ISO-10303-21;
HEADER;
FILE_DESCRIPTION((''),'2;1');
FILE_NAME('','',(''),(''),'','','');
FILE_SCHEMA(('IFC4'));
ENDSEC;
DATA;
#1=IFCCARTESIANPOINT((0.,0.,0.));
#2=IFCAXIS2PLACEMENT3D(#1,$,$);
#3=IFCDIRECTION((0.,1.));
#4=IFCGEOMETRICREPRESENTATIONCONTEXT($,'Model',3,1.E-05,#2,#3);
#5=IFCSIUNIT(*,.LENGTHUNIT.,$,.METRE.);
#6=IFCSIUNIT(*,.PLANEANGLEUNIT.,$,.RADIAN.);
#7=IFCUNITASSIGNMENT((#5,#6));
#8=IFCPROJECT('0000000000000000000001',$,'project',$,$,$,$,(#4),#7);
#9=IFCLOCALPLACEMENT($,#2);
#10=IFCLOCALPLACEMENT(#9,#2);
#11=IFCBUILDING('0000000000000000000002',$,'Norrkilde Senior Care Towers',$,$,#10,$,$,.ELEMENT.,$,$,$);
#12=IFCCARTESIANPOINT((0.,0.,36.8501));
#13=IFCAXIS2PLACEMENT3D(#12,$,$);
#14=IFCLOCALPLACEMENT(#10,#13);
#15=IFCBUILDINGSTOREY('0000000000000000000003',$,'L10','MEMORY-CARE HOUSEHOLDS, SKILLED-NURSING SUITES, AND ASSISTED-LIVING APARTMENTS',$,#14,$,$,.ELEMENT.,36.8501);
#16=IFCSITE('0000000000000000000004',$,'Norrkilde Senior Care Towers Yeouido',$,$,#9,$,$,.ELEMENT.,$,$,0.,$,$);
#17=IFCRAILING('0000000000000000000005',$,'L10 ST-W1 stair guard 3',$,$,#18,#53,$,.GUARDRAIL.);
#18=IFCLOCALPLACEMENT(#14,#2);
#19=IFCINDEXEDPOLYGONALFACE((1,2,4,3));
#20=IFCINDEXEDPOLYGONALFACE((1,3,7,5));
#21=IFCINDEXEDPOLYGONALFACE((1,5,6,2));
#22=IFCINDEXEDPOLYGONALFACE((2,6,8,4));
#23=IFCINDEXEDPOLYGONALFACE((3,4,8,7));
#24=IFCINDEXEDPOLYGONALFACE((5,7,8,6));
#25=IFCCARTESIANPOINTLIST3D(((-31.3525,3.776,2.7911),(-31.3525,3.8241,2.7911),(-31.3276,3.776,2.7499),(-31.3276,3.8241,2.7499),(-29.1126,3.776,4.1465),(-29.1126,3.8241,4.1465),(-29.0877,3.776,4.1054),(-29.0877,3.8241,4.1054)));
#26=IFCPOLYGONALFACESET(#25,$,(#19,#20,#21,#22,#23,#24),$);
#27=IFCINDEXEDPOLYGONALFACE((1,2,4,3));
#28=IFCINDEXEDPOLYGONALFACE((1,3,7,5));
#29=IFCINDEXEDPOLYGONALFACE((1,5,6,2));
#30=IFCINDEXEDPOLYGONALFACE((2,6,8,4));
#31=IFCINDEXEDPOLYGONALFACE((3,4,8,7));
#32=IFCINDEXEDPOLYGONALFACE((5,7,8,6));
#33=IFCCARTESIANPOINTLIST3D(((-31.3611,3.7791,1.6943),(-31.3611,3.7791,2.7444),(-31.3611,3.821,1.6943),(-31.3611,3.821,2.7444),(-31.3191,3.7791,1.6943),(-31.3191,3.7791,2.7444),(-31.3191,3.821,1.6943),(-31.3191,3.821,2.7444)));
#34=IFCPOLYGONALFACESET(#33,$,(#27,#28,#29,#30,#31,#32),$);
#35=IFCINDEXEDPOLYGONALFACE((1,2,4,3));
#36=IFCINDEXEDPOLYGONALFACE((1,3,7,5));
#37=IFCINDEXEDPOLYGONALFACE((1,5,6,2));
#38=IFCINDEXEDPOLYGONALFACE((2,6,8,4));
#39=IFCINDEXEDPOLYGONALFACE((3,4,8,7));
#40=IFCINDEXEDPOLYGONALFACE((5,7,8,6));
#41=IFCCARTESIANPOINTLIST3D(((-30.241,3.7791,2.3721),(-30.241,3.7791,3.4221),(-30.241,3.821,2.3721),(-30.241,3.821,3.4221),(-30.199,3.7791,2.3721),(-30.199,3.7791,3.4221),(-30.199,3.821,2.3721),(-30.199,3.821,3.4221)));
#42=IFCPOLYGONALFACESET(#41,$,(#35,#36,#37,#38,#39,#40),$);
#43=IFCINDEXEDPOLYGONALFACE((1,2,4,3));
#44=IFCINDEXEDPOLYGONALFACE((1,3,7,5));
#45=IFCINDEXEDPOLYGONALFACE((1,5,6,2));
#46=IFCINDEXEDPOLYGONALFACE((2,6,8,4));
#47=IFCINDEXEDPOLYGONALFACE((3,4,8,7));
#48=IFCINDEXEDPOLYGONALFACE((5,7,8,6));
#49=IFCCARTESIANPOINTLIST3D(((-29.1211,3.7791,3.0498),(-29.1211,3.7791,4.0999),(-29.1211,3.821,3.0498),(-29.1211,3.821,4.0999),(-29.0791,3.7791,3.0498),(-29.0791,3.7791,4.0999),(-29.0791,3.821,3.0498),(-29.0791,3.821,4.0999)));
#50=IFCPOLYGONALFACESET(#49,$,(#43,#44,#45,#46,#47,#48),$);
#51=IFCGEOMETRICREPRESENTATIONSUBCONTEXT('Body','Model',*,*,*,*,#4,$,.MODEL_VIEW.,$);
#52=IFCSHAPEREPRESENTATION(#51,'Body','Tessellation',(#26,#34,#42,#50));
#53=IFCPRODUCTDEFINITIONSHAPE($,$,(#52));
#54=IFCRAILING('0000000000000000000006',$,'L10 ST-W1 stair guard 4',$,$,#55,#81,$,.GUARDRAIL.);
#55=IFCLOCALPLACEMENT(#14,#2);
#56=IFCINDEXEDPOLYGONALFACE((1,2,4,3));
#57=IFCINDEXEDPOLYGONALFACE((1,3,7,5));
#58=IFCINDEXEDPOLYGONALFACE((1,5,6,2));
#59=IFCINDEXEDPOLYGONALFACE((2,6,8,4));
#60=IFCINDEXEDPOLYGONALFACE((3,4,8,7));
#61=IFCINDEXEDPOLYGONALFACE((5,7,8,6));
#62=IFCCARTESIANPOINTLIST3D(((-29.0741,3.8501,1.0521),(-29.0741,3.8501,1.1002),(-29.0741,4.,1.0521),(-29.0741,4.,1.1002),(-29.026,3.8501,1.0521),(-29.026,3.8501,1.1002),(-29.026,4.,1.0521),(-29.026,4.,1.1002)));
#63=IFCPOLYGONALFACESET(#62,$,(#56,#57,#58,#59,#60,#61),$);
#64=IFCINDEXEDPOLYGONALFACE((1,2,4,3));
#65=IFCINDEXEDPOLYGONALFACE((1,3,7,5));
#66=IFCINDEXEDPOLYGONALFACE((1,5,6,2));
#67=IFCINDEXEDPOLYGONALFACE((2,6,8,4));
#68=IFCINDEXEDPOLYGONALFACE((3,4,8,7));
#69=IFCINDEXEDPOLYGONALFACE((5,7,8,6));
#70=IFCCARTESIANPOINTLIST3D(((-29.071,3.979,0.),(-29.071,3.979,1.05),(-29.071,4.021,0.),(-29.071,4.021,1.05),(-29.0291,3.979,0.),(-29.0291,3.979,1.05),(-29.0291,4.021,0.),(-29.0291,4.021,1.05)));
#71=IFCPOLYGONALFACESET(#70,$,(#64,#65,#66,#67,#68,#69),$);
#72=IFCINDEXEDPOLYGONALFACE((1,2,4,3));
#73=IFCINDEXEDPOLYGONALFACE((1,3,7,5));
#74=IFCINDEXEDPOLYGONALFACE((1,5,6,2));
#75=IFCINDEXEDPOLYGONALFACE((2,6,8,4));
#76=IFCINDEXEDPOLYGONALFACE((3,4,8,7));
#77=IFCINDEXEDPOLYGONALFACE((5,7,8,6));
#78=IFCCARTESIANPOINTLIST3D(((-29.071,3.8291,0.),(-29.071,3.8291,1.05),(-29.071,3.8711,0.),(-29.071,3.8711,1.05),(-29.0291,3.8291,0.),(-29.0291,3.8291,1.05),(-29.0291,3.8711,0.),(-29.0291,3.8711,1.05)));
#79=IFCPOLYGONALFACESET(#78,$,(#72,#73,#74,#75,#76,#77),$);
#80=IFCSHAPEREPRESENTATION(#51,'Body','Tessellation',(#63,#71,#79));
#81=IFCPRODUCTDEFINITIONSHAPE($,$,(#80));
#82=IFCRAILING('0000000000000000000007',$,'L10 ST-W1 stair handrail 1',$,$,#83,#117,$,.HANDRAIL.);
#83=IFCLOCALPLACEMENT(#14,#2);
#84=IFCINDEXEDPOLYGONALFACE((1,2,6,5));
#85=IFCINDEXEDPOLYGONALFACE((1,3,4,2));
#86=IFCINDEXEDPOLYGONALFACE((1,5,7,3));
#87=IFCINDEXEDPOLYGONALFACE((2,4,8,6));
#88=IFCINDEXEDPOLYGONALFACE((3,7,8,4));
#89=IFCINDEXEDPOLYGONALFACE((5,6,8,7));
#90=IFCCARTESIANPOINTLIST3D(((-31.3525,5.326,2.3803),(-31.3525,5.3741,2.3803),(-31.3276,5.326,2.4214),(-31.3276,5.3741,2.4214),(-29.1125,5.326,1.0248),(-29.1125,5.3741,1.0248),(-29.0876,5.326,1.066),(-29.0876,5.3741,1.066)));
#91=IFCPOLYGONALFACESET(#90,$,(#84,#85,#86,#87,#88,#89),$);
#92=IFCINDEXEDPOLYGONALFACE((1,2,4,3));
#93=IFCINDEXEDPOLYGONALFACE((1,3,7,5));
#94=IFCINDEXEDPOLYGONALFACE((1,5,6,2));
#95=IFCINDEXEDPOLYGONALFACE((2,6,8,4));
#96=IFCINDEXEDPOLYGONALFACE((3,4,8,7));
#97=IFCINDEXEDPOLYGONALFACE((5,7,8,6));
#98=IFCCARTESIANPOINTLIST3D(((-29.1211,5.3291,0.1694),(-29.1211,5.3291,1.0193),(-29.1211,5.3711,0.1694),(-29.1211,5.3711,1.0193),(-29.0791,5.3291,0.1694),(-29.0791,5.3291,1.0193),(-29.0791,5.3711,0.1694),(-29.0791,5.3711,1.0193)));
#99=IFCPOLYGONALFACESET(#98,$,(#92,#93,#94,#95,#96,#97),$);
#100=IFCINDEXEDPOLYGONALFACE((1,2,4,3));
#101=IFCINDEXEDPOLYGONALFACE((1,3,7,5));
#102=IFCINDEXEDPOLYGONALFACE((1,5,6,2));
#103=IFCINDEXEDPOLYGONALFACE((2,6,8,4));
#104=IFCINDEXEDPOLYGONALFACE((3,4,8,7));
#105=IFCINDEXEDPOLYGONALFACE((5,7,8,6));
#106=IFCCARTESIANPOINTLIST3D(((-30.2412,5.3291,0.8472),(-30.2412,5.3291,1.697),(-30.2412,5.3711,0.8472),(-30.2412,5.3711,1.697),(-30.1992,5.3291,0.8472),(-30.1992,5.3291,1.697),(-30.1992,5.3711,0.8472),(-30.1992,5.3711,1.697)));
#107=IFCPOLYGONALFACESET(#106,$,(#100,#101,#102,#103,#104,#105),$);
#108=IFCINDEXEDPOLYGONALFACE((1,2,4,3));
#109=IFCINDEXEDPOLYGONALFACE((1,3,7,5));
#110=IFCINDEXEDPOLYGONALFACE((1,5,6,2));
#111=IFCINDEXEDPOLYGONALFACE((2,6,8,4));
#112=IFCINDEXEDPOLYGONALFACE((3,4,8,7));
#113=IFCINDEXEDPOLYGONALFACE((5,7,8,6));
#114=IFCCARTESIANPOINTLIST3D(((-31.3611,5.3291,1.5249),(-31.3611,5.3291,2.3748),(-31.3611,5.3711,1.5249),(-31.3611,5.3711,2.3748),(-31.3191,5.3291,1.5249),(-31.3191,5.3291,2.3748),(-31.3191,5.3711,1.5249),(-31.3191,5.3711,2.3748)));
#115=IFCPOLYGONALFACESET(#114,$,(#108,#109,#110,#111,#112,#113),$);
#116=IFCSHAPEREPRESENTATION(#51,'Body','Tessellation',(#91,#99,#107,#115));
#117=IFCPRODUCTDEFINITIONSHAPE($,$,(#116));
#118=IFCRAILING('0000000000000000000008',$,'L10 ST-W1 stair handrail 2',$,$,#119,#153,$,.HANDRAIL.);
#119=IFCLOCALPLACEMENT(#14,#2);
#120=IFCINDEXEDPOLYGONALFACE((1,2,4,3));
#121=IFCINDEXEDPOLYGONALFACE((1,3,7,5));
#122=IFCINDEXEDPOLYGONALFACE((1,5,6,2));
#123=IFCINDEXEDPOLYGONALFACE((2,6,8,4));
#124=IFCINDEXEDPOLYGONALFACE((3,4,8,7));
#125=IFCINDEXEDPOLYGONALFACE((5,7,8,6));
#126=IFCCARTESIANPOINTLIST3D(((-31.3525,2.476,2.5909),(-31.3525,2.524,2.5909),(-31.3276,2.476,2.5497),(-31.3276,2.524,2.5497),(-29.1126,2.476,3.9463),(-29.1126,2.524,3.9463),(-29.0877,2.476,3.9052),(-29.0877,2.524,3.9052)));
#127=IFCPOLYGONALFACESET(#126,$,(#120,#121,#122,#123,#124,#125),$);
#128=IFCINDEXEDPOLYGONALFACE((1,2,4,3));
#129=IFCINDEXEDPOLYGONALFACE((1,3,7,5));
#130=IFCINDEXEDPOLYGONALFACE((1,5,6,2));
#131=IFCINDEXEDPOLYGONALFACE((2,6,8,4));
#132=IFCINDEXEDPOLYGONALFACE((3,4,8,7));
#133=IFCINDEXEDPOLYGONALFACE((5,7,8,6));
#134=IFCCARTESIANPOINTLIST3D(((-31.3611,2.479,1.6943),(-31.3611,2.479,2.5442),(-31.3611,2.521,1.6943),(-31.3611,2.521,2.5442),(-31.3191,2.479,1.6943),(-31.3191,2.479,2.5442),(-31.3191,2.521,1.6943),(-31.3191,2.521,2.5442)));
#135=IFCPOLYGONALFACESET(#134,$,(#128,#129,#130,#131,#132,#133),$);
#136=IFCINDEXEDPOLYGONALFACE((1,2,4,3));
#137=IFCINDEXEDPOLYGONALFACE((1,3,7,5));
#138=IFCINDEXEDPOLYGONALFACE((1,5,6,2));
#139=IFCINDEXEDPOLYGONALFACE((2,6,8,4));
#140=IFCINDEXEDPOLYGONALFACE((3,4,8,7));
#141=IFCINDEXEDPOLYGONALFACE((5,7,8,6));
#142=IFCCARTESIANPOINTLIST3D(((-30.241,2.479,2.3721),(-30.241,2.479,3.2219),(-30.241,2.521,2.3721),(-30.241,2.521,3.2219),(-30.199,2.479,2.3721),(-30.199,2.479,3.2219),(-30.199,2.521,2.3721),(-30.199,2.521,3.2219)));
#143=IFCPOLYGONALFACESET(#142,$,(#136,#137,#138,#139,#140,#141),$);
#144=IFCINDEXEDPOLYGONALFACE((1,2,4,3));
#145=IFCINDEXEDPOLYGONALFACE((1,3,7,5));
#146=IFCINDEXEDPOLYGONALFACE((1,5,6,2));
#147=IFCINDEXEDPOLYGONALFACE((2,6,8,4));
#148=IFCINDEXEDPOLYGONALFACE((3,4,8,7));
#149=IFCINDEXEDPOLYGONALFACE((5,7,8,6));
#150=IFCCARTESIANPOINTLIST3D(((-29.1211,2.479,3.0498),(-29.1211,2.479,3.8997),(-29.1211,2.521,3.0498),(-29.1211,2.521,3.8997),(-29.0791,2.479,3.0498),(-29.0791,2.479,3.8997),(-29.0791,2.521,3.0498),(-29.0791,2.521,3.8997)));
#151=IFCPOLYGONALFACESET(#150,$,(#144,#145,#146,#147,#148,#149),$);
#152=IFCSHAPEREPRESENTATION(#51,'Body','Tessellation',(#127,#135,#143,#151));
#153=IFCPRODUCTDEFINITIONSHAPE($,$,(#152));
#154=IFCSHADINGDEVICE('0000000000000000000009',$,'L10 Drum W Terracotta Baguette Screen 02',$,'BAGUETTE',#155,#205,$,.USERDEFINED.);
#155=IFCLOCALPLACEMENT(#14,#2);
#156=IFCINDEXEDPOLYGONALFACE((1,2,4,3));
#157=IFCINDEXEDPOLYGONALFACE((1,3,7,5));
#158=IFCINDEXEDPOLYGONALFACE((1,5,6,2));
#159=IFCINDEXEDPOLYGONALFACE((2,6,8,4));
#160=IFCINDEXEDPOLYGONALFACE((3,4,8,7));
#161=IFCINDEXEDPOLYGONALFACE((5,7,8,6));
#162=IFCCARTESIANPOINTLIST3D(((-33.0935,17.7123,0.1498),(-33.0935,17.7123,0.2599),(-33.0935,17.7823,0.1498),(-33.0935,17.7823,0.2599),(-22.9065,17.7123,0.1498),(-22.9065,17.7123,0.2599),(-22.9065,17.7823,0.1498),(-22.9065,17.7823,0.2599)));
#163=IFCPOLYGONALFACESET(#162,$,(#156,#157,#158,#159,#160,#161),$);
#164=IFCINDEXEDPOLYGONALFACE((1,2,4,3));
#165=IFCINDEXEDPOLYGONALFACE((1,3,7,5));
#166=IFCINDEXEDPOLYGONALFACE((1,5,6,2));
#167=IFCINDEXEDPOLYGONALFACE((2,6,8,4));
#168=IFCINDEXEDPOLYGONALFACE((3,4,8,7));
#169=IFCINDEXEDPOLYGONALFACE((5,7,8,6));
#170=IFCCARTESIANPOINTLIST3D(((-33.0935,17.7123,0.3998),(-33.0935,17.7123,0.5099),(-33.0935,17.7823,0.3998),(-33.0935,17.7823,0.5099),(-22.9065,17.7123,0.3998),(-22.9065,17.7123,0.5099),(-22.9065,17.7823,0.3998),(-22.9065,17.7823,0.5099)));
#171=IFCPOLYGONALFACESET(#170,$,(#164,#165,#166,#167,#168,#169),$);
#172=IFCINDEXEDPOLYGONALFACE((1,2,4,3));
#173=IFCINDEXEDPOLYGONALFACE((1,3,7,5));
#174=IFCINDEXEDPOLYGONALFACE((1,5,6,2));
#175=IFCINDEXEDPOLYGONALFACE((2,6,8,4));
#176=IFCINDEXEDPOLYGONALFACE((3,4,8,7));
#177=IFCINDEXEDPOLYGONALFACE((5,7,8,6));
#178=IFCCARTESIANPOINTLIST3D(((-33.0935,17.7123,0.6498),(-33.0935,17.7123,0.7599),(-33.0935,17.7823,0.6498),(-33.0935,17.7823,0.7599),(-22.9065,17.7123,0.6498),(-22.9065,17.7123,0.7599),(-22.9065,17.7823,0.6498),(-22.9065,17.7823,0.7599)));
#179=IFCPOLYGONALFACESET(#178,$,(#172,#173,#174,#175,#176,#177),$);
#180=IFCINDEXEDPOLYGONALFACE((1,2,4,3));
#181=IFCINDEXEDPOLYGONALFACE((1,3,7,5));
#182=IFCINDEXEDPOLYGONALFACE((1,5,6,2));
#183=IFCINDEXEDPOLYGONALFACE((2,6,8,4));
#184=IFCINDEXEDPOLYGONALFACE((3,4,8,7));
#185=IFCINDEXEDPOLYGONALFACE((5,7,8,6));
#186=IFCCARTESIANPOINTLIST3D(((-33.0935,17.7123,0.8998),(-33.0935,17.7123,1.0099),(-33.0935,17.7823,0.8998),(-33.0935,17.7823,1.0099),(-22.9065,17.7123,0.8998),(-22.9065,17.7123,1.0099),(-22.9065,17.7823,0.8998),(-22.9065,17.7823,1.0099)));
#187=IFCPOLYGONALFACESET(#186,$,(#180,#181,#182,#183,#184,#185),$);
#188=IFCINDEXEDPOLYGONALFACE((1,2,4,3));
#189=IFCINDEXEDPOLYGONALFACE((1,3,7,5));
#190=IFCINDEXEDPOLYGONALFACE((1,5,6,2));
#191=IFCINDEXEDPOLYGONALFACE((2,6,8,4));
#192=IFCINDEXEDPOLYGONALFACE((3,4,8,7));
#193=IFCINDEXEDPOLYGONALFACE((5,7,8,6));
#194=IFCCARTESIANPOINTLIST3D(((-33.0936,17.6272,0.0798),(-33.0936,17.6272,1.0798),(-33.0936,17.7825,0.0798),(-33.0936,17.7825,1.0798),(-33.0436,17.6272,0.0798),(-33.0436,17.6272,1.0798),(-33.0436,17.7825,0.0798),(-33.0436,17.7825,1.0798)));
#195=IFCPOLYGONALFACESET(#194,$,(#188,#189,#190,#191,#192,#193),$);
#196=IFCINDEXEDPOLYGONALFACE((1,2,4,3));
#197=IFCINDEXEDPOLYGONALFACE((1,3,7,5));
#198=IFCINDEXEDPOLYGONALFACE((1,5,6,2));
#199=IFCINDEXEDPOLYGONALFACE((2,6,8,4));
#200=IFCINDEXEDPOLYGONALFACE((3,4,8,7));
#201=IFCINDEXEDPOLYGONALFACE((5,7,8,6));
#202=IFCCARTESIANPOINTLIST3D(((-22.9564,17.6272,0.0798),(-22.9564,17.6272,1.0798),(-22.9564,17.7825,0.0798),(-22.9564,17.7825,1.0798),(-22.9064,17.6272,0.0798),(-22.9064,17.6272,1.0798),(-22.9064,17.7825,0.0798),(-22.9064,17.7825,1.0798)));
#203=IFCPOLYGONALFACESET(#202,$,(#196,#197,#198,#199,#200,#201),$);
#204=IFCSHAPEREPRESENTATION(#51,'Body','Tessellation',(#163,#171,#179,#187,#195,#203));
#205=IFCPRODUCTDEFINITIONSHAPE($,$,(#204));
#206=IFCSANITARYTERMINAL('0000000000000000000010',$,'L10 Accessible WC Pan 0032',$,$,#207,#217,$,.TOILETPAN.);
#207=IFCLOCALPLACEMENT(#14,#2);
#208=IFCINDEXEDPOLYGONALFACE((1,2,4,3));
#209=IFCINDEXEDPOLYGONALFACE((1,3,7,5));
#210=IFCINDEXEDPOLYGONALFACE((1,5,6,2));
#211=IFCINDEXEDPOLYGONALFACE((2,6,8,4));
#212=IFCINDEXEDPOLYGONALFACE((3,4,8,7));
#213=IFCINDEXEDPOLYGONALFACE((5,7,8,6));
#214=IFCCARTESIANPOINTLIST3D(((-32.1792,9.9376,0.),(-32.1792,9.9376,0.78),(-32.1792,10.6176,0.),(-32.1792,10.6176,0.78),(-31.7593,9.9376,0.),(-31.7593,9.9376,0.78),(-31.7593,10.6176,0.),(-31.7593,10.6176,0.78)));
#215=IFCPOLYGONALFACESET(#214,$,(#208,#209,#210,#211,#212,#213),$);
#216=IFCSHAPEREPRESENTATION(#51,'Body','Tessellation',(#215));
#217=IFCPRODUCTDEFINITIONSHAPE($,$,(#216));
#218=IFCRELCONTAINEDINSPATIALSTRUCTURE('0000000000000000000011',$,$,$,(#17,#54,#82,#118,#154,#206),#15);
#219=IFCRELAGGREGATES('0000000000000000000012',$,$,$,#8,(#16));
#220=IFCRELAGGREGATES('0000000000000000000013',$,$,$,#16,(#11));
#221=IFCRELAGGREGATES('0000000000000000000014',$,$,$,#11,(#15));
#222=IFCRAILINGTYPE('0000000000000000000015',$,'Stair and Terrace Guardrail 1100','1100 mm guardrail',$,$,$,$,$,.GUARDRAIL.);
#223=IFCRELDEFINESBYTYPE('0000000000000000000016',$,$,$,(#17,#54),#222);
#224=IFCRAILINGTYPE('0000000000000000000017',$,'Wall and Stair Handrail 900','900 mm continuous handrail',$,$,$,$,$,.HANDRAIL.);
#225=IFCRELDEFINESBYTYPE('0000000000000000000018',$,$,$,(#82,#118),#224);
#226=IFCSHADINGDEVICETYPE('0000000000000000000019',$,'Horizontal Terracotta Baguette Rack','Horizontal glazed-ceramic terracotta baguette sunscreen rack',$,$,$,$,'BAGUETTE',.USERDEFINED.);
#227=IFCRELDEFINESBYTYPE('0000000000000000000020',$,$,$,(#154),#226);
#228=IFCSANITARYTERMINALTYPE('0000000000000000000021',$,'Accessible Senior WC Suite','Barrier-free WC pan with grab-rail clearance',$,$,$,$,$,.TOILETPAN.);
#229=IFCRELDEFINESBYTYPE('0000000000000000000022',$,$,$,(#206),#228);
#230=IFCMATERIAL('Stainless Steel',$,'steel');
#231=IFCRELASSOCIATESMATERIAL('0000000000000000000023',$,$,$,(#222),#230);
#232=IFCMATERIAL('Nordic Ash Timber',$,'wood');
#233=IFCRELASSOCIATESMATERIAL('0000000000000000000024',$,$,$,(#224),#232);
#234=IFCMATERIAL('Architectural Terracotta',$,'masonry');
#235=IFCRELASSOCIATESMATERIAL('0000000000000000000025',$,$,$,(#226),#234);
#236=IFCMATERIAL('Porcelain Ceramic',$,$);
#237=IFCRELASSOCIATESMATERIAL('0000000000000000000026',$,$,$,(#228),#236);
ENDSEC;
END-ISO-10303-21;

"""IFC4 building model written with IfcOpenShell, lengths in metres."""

from ifc_helpers import new_model, si_unit, direction, frame, origin, origin_2d, place, context, subcontext, project, spatial, rectangle, extrude, source, transform, mapped, material, type_object, type_shapes, element, save


model = new_model("IFC4")

# Units and contexts
model_context = context("Model", 3, precision=1e-05, world=origin(), true_north=direction((0.0, 1.0)))
body_context = subcontext(model_context, "Body", "Model", "MODEL_VIEW")
ifc_project = project(units=[si_unit("LENGTHUNIT", "METRE"), si_unit("PLANEANGLEUNIT", "RADIAN")], contexts=[model_context])

# Site, building, storey
site_placement = place(None, origin())
site = spatial("IfcSite", under=ifc_project, at=site_placement, Name="Norrkilde Senior Care Towers Yeouido", CompositionType="ELEMENT", RefElevation=0.0)
building_placement = place(site_placement, origin())
building = spatial("IfcBuilding", under=site, at=building_placement, Name="Norrkilde Senior Care Towers", CompositionType="ELEMENT")
storey_placement = place(building_placement, frame((0.0, 0.0, 36.8501)))
storey = spatial("IfcBuildingStorey", under=building, at=storey_placement, Name="L10", Description="MEMORY-CARE HOUSEHOLDS, SKILLED-NURSING SUITES, AND ASSISTED-LIVING APARTMENTS", CompositionType="ELEMENT", Elevation=36.8501)

# Shared definitions
ifc_material_1 = material(Name="Nordic Ash Timber", Category="wood")

# Railings
ifc_material_2 = material(Name="Stainless Steel", Category="steel")
railing_type_1 = type_object("IfcRailingType", Name="Stair and Terrace Guardrail 1100", Description="1100 mm guardrail", PredefinedType="GUARDRAIL", material=ifc_material_2)
railing_1_placement = place(storey_placement, frame((-31.3401, 3.8, 1.6943)))
element("IfcRailing", 1, at=railing_1_placement, inside=storey, type_object=railing_type_1, Name="L10 ST-W1 stair guard 3", PredefinedType="GUARDRAIL", context=body_context, shape_type="SweptSolid", body=[
    extrude(rectangle(XDim=0.0481, YDim=0.0481, at=origin_2d()), frame((0.0, 0.0, 1.0762), z_axis=(0.855553, 0.0, 0.517715), x_axis=(0.0, 1.0, 0.0)), (0.0, 0.0, 1.0), 2.6182),
    extrude(rectangle(XDim=0.042, YDim=0.042, at=origin_2d()), origin(), (0.0, 0.0, 1.0), 1.05),
    extrude(rectangle(XDim=0.042, YDim=0.042, at=origin_2d()), frame((1.1201, 0.0, 0.6777)), (0.0, 0.0, 1.0), 1.05),
    extrude(rectangle(XDim=0.042, YDim=0.042, at=origin_2d()), frame((2.24, 0.0, 1.3555)), (0.0, 0.0, 1.0), 1.05),
])
railing_2_placement = place(storey_placement, frame((-29.05, 4.0, 0.0)))
element("IfcRailing", 2, at=railing_2_placement, inside=storey, type_object=railing_type_1, Name="L10 ST-W1 stair guard 4", PredefinedType="GUARDRAIL", context=body_context, shape_type="SweptSolid", body=[
    extrude(rectangle(XDim=0.0481, YDim=0.0481, at=origin_2d()), frame((0.0, 0.0, 1.0762), z_axis=(0.0, -1.0, 0.0), x_axis=(1.0, 0.0, 0.0)), (0.0, 0.0, 1.0), 0.1499),
    extrude(rectangle(XDim=0.042, YDim=0.042, at=origin_2d()), origin(), (0.0, 0.0, 1.0), 1.05),
    extrude(rectangle(XDim=0.042, YDim=0.042, at=origin_2d()), frame((0.0, -0.1499, 0.0)), (0.0, 0.0, 1.0), 1.05),
])
railing_type_2 = type_object("IfcRailingType", Name="Wall and Stair Handrail 900", Description="900 mm continuous handrail", PredefinedType="HANDRAIL", material=ifc_material_1)
railing_3_placement = place(storey_placement, frame((-29.1001, 5.3501, 0.1694)))
element("IfcRailing", 3, at=railing_3_placement, inside=storey, type_object=railing_type_2, Name="L10 ST-W1 stair handrail 1", PredefinedType="HANDRAIL", context=body_context, shape_type="SweptSolid", body=[
    extrude(rectangle(XDim=0.0481, YDim=0.0481, at=origin_2d()), frame((0.0, 0.0, 0.876), z_axis=(-0.855553, 0.0, 0.517715), x_axis=(0.0, -1.0, 0.0)), (0.0, 0.0, 1.0), 2.6182),
    extrude(rectangle(XDim=0.042, YDim=0.042, at=origin_2d()), origin(), (0.0, 0.0, 1.0), 0.8499),
    extrude(rectangle(XDim=0.042, YDim=0.042, at=origin_2d()), frame((-1.1201, 0.0, 0.6777)), (0.0, 0.0, 1.0), 0.8499),
    extrude(rectangle(XDim=0.042, YDim=0.042, at=origin_2d()), frame((-2.24, 0.0, 1.3555)), (0.0, 0.0, 1.0), 0.8499),
])
railing_4_placement = place(storey_placement, frame((-31.3401, 2.5, 1.6943)))
element("IfcRailing", 4, at=railing_4_placement, inside=storey, type_object=railing_type_2, Name="L10 ST-W1 stair handrail 2", PredefinedType="HANDRAIL", context=body_context, shape_type="SweptSolid", body=[
    extrude(rectangle(XDim=0.0481, YDim=0.0481, at=origin_2d()), frame((0.0, 0.0, 0.876), z_axis=(0.855553, 0.0, 0.517715), x_axis=(0.0, 1.0, 0.0)), (0.0, 0.0, 1.0), 2.6182),
    extrude(rectangle(XDim=0.042, YDim=0.042, at=origin_2d()), origin(), (0.0, 0.0, 1.0), 0.8499),
    extrude(rectangle(XDim=0.042, YDim=0.042, at=origin_2d()), frame((1.1201, 0.0, 0.6777)), (0.0, 0.0, 1.0), 0.8499),
    extrude(rectangle(XDim=0.042, YDim=0.042, at=origin_2d()), frame((2.24, 0.0, 1.3555)), (0.0, 0.0, 1.0), 0.8499),
])

# Shading device
ifc_material_3 = material(Name="Architectural Terracotta", Category="masonry")
shading_device_type = type_object("IfcShadingDeviceType", Name="Horizontal Terracotta Baguette Rack", Description="Horizontal glazed-ceramic terracotta baguette sunscreen rack", ElementType="BAGUETTE", PredefinedType="USERDEFINED", material=ifc_material_3)
shared_shape_1 = source(origin(), body_context, "Body", "SweptSolid", [
    extrude(rectangle(XDim=0.0701, YDim=0.1101, at=origin_2d()), frame((0.0, 0.0901, 0.125), z_axis=(1.0, 0.0, 0.0), x_axis=(0.0, 1.0, 0.0)), (0.0, 0.0, 1.0), 10.187),
    extrude(rectangle(XDim=0.0701, YDim=0.1101, at=origin_2d()), frame((0.0, 0.0901, 0.375), z_axis=(1.0, 0.0, 0.0), x_axis=(0.0, 1.0, 0.0)), (0.0, 0.0, 1.0), 10.187),
    extrude(rectangle(XDim=0.0701, YDim=0.1101, at=origin_2d()), frame((0.0, 0.0901, 0.625), z_axis=(1.0, 0.0, 0.0), x_axis=(0.0, 1.0, 0.0)), (0.0, 0.0, 1.0), 10.187),
    extrude(rectangle(XDim=0.0701, YDim=0.1101, at=origin_2d()), frame((0.0, 0.0901, 0.875), z_axis=(1.0, 0.0, 0.0), x_axis=(0.0, 1.0, 0.0)), (0.0, 0.0, 1.0), 10.187),
    extrude(rectangle(XDim=0.05, YDim=0.1553, at=origin_2d()), frame((0.0249, 0.0476, 0.0)), (0.0, 0.0, 1.0), 1.0),
    extrude(rectangle(XDim=0.05, YDim=0.1553, at=origin_2d()), frame((10.1621, 0.0476, 0.0)), (0.0, 0.0, 1.0), 1.0),
])
type_shapes(shading_device_type, [shared_shape_1])
shading_device_placement = place(storey_placement, frame((-33.0935, 17.6572, 0.0798), z_axis=(0.0, 0.0, 1.0), x_axis=(1.0, 0.0, 0.0)))
element("IfcShadingDevice", 5, at=shading_device_placement, inside=storey, type_object=shading_device_type, Name="L10 Drum W Terracotta Baguette Screen 02", ObjectType="BAGUETTE", PredefinedType="USERDEFINED", context=body_context, shape_type="MappedRepresentation", body=[
    mapped(shared_shape_1, transform((0.0, 0.0, 0.0), x_axis=(1.0, 0.0, 0.0), y_axis=(0.0, 1.0, 0.0), z_axis=(0.0, 0.0, 1.0), scale=1.0)),
])

# Sanitary terminal
ifc_material_4 = material(Name="Porcelain Ceramic")
sanitary_terminal_type_1 = type_object("IfcSanitaryTerminalType", Name="Accessible Senior WC Suite", Description="Barrier-free WC pan with grab-rail clearance", PredefinedType="TOILETPAN", material=ifc_material_4)
shared_shape_2 = source(origin(), body_context, "Body", "SweptSolid", [
    extrude(rectangle(XDim=0.4199, YDim=0.6799, at=origin_2d()), origin(), (0.0, 0.0, 1.0), 0.78),
])
type_shapes(sanitary_terminal_type_1, [shared_shape_2])
sanitary_terminal_1_placement = place(storey_placement, frame((-31.9692, 10.2776, 0.0), z_axis=(0.0, 0.0, 1.0), x_axis=(1.0, 0.0, 0.0)))
element("IfcSanitaryTerminal", 6, at=sanitary_terminal_1_placement, inside=storey, type_object=sanitary_terminal_type_1, Name="L10 Accessible WC Pan 0032", PredefinedType="TOILETPAN", context=body_context, shape_type="MappedRepresentation", body=[
    mapped(shared_shape_2, transform((0.0, 0.0, 0.0), x_axis=(1.0, 0.0, 0.0), y_axis=(0.0, 1.0, 0.0), z_axis=(0.0, 0.0, 1.0), scale=1.0)),
])

save(model, "model.ifc")
